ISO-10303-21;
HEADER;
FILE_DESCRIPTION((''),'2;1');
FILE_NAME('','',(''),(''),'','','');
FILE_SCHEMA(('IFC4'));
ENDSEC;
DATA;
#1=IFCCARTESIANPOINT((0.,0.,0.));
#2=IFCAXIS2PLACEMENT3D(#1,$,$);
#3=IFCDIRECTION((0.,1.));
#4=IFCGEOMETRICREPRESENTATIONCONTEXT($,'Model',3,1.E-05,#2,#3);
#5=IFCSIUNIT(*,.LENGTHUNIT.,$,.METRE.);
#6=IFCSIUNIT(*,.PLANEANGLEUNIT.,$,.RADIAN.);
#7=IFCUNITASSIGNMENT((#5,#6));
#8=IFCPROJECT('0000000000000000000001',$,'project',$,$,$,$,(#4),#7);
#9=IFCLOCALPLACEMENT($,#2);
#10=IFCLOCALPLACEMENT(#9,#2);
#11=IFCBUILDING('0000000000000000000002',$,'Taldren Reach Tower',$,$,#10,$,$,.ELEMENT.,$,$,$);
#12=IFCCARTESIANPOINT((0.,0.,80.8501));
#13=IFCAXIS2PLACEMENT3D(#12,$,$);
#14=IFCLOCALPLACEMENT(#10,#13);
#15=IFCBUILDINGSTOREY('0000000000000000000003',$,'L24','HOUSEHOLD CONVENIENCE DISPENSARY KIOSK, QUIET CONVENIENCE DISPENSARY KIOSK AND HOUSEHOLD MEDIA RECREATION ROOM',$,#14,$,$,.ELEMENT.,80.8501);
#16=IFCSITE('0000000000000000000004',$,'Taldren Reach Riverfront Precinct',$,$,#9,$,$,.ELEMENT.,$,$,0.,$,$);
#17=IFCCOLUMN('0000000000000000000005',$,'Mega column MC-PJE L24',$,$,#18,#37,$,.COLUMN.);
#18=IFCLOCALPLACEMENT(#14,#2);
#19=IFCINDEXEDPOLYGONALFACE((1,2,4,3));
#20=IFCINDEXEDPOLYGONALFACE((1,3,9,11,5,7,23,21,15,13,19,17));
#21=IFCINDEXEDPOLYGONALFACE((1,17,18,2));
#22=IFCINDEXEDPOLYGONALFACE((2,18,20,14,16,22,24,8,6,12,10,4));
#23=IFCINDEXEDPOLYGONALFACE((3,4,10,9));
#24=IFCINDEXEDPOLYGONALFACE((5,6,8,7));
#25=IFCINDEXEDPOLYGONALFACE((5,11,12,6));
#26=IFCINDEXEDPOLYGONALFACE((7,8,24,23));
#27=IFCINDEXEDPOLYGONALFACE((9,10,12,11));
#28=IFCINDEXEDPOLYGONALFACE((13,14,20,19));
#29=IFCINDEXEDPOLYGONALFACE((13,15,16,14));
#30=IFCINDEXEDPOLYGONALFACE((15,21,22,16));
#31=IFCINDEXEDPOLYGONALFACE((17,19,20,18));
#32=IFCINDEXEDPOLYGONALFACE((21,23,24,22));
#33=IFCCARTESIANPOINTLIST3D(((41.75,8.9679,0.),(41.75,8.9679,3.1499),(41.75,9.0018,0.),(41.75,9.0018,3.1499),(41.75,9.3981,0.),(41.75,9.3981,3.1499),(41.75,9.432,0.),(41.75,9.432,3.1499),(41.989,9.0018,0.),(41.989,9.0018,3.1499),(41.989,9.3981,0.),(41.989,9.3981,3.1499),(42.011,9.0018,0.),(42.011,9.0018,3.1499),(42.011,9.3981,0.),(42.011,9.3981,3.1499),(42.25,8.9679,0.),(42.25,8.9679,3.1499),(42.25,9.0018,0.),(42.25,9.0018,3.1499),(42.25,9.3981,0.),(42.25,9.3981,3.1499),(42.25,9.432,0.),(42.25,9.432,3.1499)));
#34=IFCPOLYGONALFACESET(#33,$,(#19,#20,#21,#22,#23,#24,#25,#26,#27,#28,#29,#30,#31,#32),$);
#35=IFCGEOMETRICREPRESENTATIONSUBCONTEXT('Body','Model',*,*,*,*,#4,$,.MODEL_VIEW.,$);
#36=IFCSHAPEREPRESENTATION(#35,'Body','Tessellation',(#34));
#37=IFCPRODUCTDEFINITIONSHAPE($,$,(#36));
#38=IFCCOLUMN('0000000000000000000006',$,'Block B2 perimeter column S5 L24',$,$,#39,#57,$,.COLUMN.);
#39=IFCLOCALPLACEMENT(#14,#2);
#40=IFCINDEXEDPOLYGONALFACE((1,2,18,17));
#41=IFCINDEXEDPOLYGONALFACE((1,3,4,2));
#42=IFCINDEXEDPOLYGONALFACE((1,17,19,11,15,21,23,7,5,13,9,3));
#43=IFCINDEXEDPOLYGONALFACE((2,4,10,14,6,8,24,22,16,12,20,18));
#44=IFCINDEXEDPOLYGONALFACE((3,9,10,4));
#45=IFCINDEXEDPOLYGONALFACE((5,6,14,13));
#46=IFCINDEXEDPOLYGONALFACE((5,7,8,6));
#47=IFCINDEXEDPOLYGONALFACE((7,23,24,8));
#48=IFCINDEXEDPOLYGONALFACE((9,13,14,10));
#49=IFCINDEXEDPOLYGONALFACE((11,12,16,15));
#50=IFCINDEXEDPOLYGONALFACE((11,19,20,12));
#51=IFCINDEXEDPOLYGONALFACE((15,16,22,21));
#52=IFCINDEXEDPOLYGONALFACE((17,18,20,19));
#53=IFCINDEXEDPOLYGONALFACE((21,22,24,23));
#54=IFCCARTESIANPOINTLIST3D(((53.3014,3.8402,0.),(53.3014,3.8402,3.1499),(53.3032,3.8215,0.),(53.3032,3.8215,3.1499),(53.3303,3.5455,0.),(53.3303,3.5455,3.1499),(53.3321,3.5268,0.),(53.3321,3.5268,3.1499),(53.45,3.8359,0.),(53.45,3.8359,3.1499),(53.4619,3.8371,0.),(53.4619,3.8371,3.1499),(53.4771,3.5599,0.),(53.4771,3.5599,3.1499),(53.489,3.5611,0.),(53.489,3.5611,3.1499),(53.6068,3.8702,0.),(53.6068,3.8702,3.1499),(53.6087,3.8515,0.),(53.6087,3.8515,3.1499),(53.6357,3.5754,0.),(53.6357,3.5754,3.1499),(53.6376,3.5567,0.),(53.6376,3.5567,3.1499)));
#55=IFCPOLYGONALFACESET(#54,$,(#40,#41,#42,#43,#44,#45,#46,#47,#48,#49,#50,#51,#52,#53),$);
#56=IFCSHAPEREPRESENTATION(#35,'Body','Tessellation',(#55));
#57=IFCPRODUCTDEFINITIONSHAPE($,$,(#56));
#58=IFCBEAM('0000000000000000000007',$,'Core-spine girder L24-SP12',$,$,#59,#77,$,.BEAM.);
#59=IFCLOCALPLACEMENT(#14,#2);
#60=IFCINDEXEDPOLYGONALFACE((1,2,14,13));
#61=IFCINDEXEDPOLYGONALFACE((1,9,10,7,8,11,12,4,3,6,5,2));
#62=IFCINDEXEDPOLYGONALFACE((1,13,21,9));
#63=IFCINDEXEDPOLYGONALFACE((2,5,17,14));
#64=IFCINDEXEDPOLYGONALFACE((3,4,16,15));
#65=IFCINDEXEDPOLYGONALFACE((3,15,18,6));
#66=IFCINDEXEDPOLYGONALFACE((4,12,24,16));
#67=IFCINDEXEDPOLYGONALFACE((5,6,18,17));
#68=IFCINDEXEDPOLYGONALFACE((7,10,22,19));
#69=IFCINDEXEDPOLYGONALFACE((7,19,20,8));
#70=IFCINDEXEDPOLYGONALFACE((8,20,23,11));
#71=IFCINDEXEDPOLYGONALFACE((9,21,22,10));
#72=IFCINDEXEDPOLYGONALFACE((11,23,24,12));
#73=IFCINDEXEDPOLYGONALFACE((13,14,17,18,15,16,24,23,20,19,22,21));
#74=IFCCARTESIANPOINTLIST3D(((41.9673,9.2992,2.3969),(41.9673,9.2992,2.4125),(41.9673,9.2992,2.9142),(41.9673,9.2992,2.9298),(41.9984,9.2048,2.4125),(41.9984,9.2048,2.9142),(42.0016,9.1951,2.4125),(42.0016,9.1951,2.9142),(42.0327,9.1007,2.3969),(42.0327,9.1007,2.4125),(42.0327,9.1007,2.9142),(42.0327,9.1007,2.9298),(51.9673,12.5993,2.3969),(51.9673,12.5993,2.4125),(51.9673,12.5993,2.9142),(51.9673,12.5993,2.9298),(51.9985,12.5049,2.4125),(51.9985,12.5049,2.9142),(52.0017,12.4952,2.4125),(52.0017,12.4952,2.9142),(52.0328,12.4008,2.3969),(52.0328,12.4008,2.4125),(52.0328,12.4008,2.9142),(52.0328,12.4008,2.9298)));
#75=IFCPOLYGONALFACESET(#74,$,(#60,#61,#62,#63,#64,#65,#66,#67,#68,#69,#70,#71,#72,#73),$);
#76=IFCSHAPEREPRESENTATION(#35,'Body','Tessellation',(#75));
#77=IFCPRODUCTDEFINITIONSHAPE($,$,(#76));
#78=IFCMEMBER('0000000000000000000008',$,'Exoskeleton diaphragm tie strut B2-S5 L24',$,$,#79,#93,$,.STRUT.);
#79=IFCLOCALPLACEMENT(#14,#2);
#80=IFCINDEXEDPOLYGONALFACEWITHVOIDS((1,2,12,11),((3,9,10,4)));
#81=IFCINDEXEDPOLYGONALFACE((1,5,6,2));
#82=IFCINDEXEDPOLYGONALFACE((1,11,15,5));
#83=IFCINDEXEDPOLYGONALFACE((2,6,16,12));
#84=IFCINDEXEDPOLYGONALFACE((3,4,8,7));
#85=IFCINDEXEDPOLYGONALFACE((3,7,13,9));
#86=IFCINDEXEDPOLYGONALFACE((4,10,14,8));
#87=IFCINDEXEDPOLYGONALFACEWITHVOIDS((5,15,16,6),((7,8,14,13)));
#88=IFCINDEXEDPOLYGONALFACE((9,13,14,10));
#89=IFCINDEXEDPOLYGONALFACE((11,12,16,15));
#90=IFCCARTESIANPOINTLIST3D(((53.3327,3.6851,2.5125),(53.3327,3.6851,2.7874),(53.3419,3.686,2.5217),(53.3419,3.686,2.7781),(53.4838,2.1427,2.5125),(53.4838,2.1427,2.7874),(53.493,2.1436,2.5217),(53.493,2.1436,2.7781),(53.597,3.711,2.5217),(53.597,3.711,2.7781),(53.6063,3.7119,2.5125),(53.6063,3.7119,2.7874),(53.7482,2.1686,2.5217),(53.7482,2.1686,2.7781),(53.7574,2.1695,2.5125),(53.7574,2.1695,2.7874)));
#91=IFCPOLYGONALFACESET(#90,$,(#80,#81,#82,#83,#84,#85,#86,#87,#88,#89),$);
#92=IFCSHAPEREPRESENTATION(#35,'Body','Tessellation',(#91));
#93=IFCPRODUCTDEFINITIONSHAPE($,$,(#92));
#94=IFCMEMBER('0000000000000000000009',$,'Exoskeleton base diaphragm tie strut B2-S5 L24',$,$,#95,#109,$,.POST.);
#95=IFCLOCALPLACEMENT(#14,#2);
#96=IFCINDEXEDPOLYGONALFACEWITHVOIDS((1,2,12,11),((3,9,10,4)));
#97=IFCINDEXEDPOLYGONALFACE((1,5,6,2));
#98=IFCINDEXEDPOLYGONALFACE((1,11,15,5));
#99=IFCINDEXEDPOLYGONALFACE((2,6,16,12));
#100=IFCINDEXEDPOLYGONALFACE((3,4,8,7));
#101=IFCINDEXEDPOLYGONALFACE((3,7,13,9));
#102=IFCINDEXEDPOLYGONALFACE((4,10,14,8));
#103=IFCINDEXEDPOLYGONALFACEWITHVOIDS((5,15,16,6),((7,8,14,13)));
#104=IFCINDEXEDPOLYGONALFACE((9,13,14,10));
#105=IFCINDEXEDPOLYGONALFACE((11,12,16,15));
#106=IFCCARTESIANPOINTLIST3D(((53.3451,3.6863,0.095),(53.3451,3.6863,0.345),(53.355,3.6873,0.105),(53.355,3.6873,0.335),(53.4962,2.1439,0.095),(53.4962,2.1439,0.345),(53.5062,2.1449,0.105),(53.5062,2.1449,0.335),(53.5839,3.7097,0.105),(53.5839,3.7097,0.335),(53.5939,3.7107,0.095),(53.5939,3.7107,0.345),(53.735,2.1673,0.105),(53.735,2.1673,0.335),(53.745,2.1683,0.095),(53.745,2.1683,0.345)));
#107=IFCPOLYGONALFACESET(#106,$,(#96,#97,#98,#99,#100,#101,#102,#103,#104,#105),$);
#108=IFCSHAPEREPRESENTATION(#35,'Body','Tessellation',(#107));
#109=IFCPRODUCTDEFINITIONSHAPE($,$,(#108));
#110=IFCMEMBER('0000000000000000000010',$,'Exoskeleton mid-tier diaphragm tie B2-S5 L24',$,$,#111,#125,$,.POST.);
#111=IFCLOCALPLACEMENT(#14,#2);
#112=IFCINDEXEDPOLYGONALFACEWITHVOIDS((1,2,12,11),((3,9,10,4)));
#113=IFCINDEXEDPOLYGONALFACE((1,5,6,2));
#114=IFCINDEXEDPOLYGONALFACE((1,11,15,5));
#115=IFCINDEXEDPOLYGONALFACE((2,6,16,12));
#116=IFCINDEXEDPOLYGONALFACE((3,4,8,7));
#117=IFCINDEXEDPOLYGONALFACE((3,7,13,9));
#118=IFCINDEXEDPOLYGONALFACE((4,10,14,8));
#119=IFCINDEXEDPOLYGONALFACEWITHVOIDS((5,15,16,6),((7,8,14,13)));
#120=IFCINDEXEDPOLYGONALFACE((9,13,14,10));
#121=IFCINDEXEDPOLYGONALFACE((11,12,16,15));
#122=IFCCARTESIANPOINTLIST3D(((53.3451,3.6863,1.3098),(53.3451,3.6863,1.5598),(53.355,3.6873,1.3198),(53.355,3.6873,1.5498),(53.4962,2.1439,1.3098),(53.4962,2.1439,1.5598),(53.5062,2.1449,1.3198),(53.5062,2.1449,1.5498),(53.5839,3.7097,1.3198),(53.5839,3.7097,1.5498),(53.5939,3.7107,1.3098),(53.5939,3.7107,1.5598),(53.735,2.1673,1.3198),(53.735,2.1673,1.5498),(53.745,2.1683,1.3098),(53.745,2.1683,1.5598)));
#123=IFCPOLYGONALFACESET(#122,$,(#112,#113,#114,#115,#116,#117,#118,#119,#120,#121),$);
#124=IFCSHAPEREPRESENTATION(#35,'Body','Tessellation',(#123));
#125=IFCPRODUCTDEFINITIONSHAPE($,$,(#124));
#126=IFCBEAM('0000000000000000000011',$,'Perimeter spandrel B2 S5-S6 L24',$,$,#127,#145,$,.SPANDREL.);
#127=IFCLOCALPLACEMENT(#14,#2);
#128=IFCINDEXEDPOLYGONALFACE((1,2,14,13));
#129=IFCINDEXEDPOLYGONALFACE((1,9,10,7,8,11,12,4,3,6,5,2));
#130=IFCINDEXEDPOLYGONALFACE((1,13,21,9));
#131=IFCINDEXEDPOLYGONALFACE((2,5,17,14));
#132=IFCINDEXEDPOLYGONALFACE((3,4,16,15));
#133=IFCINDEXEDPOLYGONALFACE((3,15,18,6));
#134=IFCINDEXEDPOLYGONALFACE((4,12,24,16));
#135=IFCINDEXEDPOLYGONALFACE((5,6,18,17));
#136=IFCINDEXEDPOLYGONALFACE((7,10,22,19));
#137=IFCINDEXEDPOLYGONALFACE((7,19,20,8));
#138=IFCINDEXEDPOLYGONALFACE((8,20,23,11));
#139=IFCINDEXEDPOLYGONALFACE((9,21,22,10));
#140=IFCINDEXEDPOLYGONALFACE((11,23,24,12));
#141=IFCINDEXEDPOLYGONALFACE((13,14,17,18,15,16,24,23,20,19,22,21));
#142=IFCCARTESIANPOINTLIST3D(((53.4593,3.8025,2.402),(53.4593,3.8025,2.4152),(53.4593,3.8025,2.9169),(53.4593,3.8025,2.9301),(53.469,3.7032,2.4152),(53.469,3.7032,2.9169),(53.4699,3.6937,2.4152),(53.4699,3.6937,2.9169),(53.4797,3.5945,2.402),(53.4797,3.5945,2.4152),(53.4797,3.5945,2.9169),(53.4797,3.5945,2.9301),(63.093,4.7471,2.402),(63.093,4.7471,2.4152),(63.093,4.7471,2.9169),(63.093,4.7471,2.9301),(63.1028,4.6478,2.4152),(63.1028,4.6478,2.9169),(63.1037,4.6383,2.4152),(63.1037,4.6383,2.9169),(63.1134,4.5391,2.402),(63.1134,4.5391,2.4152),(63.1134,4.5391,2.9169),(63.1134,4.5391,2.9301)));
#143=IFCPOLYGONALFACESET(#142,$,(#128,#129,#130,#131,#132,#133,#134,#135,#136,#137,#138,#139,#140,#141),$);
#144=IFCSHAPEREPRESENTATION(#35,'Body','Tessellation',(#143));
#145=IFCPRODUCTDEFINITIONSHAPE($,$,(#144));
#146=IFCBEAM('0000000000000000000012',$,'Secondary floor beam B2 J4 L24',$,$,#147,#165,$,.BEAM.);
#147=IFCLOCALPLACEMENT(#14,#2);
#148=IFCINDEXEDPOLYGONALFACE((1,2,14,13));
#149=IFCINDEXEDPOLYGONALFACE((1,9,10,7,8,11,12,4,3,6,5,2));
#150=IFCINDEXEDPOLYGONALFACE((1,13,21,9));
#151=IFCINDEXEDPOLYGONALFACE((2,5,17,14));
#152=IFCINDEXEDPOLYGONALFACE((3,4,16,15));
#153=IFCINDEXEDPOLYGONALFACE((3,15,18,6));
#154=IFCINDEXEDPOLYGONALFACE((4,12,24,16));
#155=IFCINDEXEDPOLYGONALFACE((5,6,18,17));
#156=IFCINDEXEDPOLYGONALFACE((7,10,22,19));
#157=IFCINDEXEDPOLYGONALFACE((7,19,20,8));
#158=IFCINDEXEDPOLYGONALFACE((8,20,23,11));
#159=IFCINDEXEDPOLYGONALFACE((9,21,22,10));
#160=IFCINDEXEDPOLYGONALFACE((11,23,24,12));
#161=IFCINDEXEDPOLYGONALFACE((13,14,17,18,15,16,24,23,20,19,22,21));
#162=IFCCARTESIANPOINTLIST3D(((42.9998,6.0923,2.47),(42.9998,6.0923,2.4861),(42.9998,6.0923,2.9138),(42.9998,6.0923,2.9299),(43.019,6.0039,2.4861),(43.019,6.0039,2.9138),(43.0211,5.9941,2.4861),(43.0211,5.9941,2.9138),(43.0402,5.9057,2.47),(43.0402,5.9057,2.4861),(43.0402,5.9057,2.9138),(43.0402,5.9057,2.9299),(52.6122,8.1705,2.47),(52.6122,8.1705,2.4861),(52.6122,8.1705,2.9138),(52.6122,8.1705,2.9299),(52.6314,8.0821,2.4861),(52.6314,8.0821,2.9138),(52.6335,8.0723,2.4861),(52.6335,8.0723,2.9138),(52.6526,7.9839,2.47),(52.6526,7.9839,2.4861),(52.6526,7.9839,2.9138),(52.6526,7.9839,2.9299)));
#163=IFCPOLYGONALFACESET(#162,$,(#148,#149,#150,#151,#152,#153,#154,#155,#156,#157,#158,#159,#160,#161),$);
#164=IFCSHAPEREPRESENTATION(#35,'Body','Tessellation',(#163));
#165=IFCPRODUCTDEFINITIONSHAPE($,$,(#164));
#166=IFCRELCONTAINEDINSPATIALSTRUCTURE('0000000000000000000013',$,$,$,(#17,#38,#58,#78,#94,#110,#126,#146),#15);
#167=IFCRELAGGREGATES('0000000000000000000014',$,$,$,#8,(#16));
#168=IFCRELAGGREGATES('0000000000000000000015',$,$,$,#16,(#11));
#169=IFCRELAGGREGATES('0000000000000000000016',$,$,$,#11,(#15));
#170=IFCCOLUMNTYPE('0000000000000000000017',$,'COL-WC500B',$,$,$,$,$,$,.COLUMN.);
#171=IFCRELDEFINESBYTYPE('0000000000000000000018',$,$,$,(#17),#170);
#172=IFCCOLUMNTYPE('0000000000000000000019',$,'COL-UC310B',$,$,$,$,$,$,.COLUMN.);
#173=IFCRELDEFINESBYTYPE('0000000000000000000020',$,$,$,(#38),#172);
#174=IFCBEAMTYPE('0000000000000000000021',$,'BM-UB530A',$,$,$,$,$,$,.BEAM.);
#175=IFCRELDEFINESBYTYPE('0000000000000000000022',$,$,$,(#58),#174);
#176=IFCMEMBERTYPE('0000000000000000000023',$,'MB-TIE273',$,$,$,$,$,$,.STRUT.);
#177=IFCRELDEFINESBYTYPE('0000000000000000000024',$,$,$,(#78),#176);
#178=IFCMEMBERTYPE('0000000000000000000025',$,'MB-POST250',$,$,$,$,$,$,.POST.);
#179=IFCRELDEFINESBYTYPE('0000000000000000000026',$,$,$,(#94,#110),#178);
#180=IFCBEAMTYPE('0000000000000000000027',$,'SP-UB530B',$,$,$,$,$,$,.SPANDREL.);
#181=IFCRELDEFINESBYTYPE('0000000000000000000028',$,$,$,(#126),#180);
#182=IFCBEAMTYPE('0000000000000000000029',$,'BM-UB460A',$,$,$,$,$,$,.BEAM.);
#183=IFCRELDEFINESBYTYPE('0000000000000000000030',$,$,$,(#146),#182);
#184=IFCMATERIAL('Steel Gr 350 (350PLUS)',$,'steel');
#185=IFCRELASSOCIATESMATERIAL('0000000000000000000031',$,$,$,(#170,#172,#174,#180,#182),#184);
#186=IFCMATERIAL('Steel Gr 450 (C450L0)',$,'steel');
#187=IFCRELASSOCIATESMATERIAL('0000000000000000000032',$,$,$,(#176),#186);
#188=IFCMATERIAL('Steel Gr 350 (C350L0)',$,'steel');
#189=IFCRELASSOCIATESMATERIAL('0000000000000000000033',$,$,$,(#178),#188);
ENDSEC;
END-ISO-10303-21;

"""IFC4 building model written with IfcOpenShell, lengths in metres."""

from ifc_helpers import new_model, si_unit, direction, frame, origin, origin_2d, place, context, subcontext, project, spatial, hollow_rectangle, i_section, extrude, source, transform, mapped, material, material_profile, profile_set, type_object, element, save


model = new_model("IFC4")

# Units and contexts
model_context = context("Model", 3, precision=1e-05, world=origin(), true_north=direction((0.0, 1.0)))
body_context = subcontext(model_context, "Body", "Model", "MODEL_VIEW")
ifc_project = project(units=[si_unit("LENGTHUNIT", "METRE"), si_unit("PLANEANGLEUNIT", "RADIAN")], contexts=[model_context])

# Site, building, storey
site_placement = place(None, origin())
site = spatial("IfcSite", under=ifc_project, at=site_placement, Name="Taldren Reach Riverfront Precinct", CompositionType="ELEMENT", RefElevation=0.0)
building_placement = place(site_placement, origin())
building = spatial("IfcBuilding", under=site, at=building_placement, Name="Taldren Reach Tower", CompositionType="ELEMENT")
storey_placement = place(building_placement, frame((0.0, 0.0, 80.8501)))
storey = spatial("IfcBuildingStorey", under=building, at=storey_placement, Name="L24", Description="HOUSEHOLD CONVENIENCE DISPENSARY KIOSK, QUIET CONVENIENCE DISPENSARY KIOSK AND HOUSEHOLD MEDIA RECREATION ROOM", CompositionType="ELEMENT", Elevation=80.8501)

# Columns
ifc_material_1 = material(Name="Steel Gr 350 (350PLUS)", Category="steel")
ifc_material_profile_1 = material_profile(ifc_material_1, i_section(OverallWidth=0.5, OverallDepth=0.4641, WebThickness=0.022, FlangeThickness=0.0339, at=origin_2d()), Name="500WC340")
ifc_profile_set_1 = profile_set([ifc_material_profile_1], Name="Steel Gr 350 (350PLUS)")
column_type_1 = type_object("IfcColumnType", Name="COL-WC500B", PredefinedType="COLUMN", material=ifc_profile_set_1)
shared_shape_1 = source(origin(), body_context, "Body", "SweptSolid", [
    extrude(i_section(OverallWidth=0.5, OverallDepth=0.4641, WebThickness=0.022, FlangeThickness=0.0339, at=origin_2d()), origin(), (0.0, 0.0, 1.0), 3.1499),
])
column_1_placement = place(storey_placement, frame((42.0, 9.2, 0.0), z_axis=(0.0, 0.0, 1.0), x_axis=(1.0, 0.0, 0.0)))
element("IfcColumn", 1, at=column_1_placement, inside=storey, type_object=column_type_1, Name="Mega column MC-PJE L24", PredefinedType="COLUMN", context=body_context, shape_type="MappedRepresentation", body=[
    mapped(shared_shape_1, transform((0.0, 0.0, 0.0), scale=1.0)),
])
ifc_material_profile_2 = material_profile(ifc_material_1, i_section(OverallWidth=0.3069, OverallDepth=0.3149, WebThickness=0.012, FlangeThickness=0.0188, at=origin_2d()), Name="310UC118")
ifc_profile_set_2 = profile_set([ifc_material_profile_2], Name="Steel Gr 350 (350PLUS)")
column_type_2 = type_object("IfcColumnType", Name="COL-UC310B", PredefinedType="COLUMN", material=ifc_profile_set_2)
shared_shape_2 = source(origin(), body_context, "Body", "SweptSolid", [
    extrude(i_section(OverallWidth=0.3069, OverallDepth=0.3149, WebThickness=0.012, FlangeThickness=0.0188, at=origin_2d()), origin(), (0.0, 0.0, 1.0), 3.1499),
])
column_2_placement = place(storey_placement, frame((53.4695, 3.6985, 0.0), z_axis=(0.0, 0.0, 1.0), x_axis=(0.995227, 0.097583, 0.0)))
element("IfcColumn", 2, at=column_2_placement, inside=storey, type_object=column_type_2, Name="Block B2 perimeter column S5 L24", PredefinedType="COLUMN", context=body_context, shape_type="MappedRepresentation", body=[
    mapped(shared_shape_2, transform((0.0, 0.0, 0.0), scale=1.0)),
])

# Beam
ifc_material_profile_3 = material_profile(ifc_material_1, i_section(OverallWidth=0.209, OverallDepth=0.533, WebThickness=0.0103, FlangeThickness=0.0156, at=origin_2d()), Name="530UB92.4")
ifc_profile_set_3 = profile_set([ifc_material_profile_3], Name="Steel Gr 350 (350PLUS)")
beam_type_1 = type_object("IfcBeamType", Name="BM-UB530A", PredefinedType="BEAM", material=ifc_profile_set_3)
shared_shape_3 = source(origin(), body_context, "Body", "SweptSolid", [
    extrude(i_section(OverallWidth=0.209, OverallDepth=0.533, WebThickness=0.0103, FlangeThickness=0.0156, at=origin_2d()), origin(), (0.0, 0.0, 1.0), 10.5305),
])
beam_1_placement = place(storey_placement, frame((42.0, 9.2, 2.6633), z_axis=(0.949627, 0.313382, 0.0), x_axis=(-0.313382, 0.949627, 0.0)))
element("IfcBeam", 3, at=beam_1_placement, inside=storey, type_object=beam_type_1, Name="Core-spine girder L24-SP12", PredefinedType="BEAM", context=body_context, shape_type="MappedRepresentation", body=[
    mapped(shared_shape_3, transform((0.0, 0.0, 0.0), scale=1.0)),
])

# Members
ifc_material_2 = material(Name="Steel Gr 450 (C450L0)", Category="steel")
ifc_material_profile_4 = material_profile(ifc_material_2, hollow_rectangle(XDim=0.2749, YDim=0.2749, WallThickness=0.0093, at=origin_2d()), Name="275x275x9.3SHS")
ifc_profile_set_4 = profile_set([ifc_material_profile_4], Name="Steel Gr 450 (C450L0)")
member_type_1 = type_object("IfcMemberType", Name="MB-TIE273", PredefinedType="STRUT", material=ifc_profile_set_4)
shared_shape_4 = source(origin(), body_context, "Body", "SweptSolid", [
    extrude(hollow_rectangle(XDim=0.2749, YDim=0.2749, WallThickness=0.0093, at=origin_2d()), origin(), (0.0, 0.0, 1.0), 1.5498),
])
member_1_placement = place(storey_placement, frame((53.4695, 3.6985, 2.6499), z_axis=(0.097507, -0.995235, 0.0), x_axis=(0.995235, 0.097507, 0.0)))
element("IfcMember", 4, at=member_1_placement, inside=storey, type_object=member_type_1, Name="Exoskeleton diaphragm tie strut B2-S5 L24", PredefinedType="STRUT", context=body_context, shape_type="MappedRepresentation", body=[
    mapped(shared_shape_4, transform((0.0, 0.0, 0.0), scale=1.0)),
])
ifc_material_3 = material(Name="Steel Gr 350 (C350L0)", Category="steel")
ifc_material_profile_5 = material_profile(ifc_material_3, hollow_rectangle(XDim=0.25, YDim=0.25, WallThickness=0.01, at=origin_2d()), Name="250x250x10.0SHS")
ifc_profile_set_5 = profile_set([ifc_material_profile_5], Name="Steel Gr 350 (C350L0)")
member_type_2 = type_object("IfcMemberType", Name="MB-POST250", PredefinedType="POST", material=ifc_profile_set_5)
shared_shape_5 = source(origin(), body_context, "Body", "SweptSolid", [
    extrude(hollow_rectangle(XDim=0.25, YDim=0.25, WallThickness=0.01, at=origin_2d()), origin(), (0.0, 0.0, 1.0), 1.5498),
])
for number, where, z_axis, x_axis, name in (
    (5, (53.4695, 3.6985, 0.22), (0.097507, -0.995235, 0.0), (0.995235, 0.097507, 0.0), "Exoskeleton base diaphragm tie strut B2-S5 L24"),
    (6, (53.4695, 3.6985, 1.4348), (0.097507, -0.995235, 0.0), (0.995235, 0.097507, 0.0), "Exoskeleton mid-tier diaphragm tie B2-S5 L24"),
):
    element("IfcMember", number, at=place(storey_placement, frame(where, z_axis=z_axis, x_axis=x_axis)), inside=storey, type_object=member_type_2, Name=name, PredefinedType="POST", context=body_context, shape_type="MappedRepresentation", body=[
        mapped(shared_shape_5, transform((0.0, 0.0, 0.0), scale=1.0)),
    ])

# Beams
ifc_material_profile_6 = material_profile(ifc_material_1, i_section(OverallWidth=0.209, OverallDepth=0.5281, WebThickness=0.0095, FlangeThickness=0.0132, at=origin_2d()), Name="530UB82.0")
ifc_profile_set_6 = profile_set([ifc_material_profile_6], Name="Steel Gr 350 (350PLUS)")
beam_type_2 = type_object("IfcBeamType", Name="SP-UB530B", PredefinedType="SPANDREL", material=ifc_profile_set_6)
shared_shape_6 = source(origin(), body_context, "Body", "SweptSolid", [
    extrude(i_section(OverallWidth=0.209, OverallDepth=0.5281, WebThickness=0.0095, FlangeThickness=0.0132, at=origin_2d()), origin(), (0.0, 0.0, 1.0), 9.6799),
])
beam_2_placement = place(storey_placement, frame((53.4695, 3.6985, 2.666), z_axis=(0.995228, 0.097581, 0.0), x_axis=(-0.097581, 0.995228, 0.0)))
element("IfcBeam", 7, at=beam_2_placement, inside=storey, type_object=beam_type_2, Name="Perimeter spandrel B2 S5-S6 L24", PredefinedType="SPANDREL", context=body_context, shape_type="MappedRepresentation", body=[
    mapped(shared_shape_6, transform((0.0, 0.0, 0.0), scale=1.0)),
])
ifc_material_profile_7 = material_profile(ifc_material_1, i_section(OverallWidth=0.1909, OverallDepth=0.46, WebThickness=0.01, FlangeThickness=0.0161, at=origin_2d()), Name="460UB82.1")
ifc_profile_set_7 = profile_set([ifc_material_profile_7], Name="Steel Gr 350 (350PLUS)")
beam_type_3 = type_object("IfcBeamType", Name="BM-UB460A", PredefinedType="BEAM", material=ifc_profile_set_7)
shared_shape_7 = source(origin(), body_context, "Body", "SweptSolid", [
    extrude(i_section(OverallWidth=0.1909, OverallDepth=0.46, WebThickness=0.01, FlangeThickness=0.0161, at=origin_2d()), origin(), (0.0, 0.0, 1.0), 9.8345),
])
beam_3_placement = place(storey_placement, frame((43.02, 5.999, 2.7), z_axis=(0.977419, 0.211312, 0.0), x_axis=(-0.211312, 0.977419, 0.0)))
element("IfcBeam", 8, at=beam_3_placement, inside=storey, type_object=beam_type_3, Name="Secondary floor beam B2 J4 L24", PredefinedType="BEAM", context=body_context, shape_type="MappedRepresentation", body=[
    mapped(shared_shape_7, transform((0.0, 0.0, 0.0), scale=1.0)),
])

save(model, "model.ifc")
